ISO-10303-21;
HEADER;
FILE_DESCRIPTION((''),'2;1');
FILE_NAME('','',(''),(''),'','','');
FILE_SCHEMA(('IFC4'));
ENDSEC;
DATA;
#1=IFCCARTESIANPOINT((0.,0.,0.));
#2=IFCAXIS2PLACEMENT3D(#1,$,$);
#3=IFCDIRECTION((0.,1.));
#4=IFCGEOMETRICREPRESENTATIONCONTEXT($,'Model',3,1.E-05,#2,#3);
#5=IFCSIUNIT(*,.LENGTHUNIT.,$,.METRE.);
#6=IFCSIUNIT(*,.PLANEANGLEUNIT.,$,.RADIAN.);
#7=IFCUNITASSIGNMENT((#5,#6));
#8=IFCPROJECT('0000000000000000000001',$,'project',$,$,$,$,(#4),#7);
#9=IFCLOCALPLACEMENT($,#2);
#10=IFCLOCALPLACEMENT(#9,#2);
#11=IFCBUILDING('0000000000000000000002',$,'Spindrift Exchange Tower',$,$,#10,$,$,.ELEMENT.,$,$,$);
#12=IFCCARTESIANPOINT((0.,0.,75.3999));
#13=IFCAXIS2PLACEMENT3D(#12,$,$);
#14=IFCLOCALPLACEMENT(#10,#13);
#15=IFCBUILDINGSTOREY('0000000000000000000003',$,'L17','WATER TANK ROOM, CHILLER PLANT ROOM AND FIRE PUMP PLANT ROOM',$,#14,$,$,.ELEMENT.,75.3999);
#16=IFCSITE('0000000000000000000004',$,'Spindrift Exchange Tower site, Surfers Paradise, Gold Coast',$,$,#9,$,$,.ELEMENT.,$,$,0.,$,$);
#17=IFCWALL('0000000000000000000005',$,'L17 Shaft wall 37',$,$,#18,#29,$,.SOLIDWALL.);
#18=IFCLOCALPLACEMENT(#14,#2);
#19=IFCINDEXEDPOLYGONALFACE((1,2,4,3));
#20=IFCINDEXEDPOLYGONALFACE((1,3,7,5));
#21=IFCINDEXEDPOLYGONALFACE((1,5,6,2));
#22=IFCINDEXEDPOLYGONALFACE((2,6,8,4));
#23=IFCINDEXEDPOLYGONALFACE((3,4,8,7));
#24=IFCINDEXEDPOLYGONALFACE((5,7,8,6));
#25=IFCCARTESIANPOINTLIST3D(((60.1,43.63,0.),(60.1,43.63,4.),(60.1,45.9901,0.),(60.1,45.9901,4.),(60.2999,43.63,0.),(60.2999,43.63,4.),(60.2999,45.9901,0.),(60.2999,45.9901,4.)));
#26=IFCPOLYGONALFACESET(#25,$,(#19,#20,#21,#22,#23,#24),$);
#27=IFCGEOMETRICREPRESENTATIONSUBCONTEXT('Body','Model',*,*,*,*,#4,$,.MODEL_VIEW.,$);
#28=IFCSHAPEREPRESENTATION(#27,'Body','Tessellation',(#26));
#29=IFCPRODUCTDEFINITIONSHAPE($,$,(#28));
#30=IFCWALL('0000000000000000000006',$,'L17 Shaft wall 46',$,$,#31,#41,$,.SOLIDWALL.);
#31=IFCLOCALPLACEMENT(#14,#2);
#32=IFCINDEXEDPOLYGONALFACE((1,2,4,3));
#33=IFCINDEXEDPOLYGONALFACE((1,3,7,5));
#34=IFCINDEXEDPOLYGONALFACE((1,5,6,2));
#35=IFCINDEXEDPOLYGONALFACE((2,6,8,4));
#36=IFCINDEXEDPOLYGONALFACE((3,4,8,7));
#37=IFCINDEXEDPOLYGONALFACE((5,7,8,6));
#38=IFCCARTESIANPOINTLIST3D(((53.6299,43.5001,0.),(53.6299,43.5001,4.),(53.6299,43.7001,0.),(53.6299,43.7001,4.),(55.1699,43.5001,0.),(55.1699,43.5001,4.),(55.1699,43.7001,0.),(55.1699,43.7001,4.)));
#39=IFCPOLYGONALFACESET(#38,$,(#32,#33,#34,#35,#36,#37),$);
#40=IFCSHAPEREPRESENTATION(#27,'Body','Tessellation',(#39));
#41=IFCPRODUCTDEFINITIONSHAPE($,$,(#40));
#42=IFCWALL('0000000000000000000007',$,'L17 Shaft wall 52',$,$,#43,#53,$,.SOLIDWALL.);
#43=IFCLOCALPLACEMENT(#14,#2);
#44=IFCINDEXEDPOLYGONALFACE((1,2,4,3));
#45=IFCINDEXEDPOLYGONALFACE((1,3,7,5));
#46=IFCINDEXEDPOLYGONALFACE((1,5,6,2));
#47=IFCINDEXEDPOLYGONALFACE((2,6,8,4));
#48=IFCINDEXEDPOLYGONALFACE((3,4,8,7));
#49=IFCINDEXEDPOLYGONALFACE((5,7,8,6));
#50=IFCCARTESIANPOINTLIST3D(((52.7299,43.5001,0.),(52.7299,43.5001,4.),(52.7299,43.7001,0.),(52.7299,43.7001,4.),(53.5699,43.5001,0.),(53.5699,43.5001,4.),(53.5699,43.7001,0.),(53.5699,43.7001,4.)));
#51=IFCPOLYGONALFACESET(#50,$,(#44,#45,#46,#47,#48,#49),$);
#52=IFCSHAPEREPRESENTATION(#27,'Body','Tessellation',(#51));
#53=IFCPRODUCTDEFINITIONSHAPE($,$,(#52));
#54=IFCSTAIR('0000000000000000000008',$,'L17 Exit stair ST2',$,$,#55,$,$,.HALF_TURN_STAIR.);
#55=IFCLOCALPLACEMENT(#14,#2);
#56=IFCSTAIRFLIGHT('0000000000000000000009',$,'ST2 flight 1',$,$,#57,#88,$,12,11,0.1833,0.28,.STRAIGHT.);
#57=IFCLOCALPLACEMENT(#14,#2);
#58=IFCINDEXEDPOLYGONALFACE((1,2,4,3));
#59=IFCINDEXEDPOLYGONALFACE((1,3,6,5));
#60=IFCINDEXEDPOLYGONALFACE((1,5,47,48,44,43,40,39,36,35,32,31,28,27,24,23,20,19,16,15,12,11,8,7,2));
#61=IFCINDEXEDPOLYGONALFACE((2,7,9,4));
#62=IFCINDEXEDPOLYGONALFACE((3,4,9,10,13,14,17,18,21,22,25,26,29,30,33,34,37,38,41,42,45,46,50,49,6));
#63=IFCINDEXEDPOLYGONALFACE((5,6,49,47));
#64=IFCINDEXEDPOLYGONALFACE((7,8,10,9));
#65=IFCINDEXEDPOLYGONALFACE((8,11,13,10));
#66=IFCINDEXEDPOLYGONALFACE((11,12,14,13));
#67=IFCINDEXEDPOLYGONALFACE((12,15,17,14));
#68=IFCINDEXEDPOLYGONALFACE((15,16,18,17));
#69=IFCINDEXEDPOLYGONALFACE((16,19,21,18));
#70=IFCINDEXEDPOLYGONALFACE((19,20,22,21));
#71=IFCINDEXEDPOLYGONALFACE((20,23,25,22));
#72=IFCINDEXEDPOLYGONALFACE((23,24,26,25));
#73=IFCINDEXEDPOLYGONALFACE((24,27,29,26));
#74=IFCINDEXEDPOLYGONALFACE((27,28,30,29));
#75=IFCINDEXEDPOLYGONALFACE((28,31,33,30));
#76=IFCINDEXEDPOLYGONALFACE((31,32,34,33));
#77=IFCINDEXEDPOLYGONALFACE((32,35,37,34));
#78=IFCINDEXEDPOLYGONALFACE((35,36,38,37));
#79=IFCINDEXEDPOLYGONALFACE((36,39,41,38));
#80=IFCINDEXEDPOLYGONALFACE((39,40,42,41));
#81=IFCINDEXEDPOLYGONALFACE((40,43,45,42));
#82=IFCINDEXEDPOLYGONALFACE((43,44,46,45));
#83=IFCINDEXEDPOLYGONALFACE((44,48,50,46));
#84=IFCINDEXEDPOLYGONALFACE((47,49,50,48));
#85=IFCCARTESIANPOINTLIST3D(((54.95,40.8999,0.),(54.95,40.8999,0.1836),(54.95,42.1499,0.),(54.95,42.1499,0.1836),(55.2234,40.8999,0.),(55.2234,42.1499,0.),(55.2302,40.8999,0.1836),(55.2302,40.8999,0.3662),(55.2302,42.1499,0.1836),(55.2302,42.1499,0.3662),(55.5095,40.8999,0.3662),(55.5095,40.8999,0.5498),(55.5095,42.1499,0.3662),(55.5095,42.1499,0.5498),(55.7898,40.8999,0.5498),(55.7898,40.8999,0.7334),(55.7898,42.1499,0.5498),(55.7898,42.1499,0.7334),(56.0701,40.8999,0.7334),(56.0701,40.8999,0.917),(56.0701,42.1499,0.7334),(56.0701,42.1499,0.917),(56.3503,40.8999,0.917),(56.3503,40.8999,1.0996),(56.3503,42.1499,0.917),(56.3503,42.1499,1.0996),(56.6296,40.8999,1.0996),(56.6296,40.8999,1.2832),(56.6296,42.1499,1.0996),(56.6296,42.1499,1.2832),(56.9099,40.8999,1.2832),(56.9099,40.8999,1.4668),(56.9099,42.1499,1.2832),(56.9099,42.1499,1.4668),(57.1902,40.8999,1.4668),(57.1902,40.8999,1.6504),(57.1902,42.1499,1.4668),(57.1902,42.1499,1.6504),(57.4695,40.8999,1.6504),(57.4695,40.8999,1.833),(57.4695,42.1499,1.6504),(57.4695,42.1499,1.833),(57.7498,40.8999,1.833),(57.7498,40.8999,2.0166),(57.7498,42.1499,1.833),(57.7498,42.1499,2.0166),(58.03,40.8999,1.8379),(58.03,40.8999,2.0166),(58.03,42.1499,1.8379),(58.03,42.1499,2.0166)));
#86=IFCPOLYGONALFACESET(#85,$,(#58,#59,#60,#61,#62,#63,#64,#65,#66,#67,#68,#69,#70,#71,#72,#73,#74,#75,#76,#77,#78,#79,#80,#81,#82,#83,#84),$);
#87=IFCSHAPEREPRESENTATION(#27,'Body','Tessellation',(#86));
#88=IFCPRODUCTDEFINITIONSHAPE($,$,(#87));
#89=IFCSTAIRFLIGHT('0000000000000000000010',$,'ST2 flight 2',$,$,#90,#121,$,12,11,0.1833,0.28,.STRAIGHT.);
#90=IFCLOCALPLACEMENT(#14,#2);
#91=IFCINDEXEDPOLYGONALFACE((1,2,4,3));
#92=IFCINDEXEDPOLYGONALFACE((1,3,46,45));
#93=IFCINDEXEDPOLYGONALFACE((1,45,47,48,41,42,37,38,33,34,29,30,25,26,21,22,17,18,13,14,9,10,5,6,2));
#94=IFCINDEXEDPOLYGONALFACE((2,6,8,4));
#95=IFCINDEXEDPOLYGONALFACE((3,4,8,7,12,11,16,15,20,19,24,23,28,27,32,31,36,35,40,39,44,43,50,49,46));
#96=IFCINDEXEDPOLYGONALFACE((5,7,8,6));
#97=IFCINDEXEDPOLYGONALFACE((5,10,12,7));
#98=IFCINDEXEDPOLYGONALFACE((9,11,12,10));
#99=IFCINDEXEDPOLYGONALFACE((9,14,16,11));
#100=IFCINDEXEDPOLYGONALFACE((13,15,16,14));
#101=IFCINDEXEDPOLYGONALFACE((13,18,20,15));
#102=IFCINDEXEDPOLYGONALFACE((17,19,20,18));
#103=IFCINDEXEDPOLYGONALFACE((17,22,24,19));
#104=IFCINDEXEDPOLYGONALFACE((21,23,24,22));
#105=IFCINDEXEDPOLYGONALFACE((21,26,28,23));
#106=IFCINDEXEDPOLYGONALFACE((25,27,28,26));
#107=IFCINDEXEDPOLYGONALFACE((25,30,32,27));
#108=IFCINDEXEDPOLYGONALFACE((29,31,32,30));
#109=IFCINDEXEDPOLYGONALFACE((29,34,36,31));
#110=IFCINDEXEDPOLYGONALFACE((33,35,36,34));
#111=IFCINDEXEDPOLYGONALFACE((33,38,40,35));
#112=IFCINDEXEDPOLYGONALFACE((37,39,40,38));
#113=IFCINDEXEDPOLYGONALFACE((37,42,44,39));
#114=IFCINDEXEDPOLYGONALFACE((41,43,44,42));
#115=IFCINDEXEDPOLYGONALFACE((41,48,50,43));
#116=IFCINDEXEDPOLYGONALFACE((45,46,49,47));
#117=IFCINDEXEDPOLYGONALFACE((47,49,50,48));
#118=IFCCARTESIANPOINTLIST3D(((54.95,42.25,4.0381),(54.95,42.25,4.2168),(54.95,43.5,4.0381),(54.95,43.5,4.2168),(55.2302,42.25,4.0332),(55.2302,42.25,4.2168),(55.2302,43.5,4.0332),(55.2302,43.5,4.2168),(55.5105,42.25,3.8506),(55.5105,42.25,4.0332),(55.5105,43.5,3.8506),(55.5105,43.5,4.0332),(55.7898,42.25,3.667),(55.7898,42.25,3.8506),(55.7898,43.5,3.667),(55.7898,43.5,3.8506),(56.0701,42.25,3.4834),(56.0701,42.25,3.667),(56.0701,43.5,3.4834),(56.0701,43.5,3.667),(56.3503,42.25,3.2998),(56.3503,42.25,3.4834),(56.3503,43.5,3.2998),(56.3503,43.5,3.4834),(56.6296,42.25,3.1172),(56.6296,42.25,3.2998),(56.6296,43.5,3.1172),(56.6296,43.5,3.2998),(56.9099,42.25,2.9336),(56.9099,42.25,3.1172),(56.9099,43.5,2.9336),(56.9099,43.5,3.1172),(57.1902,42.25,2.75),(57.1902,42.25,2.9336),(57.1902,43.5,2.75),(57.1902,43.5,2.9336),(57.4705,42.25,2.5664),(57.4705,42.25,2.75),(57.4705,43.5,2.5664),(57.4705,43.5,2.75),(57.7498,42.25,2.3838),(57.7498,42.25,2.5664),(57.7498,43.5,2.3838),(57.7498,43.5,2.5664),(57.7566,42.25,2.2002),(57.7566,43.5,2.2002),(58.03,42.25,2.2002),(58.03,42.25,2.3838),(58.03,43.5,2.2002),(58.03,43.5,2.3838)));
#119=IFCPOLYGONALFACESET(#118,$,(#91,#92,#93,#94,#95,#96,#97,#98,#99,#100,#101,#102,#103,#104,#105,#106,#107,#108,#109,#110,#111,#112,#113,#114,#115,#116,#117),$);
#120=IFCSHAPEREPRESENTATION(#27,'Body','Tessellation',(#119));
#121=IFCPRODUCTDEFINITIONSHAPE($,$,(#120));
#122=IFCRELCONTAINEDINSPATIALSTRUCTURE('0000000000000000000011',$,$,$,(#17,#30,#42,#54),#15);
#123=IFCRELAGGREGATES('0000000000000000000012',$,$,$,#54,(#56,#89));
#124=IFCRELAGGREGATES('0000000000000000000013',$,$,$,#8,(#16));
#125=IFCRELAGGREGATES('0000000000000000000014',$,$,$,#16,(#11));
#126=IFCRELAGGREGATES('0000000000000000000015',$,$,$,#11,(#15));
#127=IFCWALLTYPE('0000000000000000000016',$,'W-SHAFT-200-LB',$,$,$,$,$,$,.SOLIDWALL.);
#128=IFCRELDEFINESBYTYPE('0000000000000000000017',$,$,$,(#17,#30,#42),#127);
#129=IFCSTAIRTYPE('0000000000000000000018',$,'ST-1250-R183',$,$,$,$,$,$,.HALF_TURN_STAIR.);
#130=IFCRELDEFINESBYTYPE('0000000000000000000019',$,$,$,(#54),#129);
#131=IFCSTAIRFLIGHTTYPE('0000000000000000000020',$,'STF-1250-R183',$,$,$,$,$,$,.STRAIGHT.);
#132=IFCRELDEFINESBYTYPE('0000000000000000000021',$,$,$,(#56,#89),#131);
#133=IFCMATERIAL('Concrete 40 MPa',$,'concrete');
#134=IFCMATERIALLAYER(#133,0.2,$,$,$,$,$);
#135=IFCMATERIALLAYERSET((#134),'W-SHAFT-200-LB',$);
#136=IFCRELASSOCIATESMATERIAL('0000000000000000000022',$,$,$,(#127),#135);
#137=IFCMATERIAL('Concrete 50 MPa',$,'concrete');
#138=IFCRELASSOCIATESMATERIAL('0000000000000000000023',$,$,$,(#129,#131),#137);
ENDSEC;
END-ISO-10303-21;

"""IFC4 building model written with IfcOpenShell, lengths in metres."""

from ifc_helpers import new_model, si_unit, direction, frame, frame_2d, origin, place, context, subcontext, project, spatial, line, indexed_curve, rectangle, outline, extrude, material, layer, layer_set, type_object, element, aggregate, save


model = new_model("IFC4")

# Units and contexts
model_context = context("Model", 3, precision=1e-05, world=origin(), true_north=direction((0.0, 1.0)))
body_context = subcontext(model_context, "Body", "Model", "MODEL_VIEW")
ifc_project = project(units=[si_unit("LENGTHUNIT", "METRE"), si_unit("PLANEANGLEUNIT", "RADIAN")], contexts=[model_context])

# Site, building, storey
site_placement = place(None, origin())
site = spatial("IfcSite", under=ifc_project, at=site_placement, Name="Spindrift Exchange Tower site, Surfers Paradise, Gold Coast", CompositionType="ELEMENT", RefElevation=0.0)
building_placement = place(site_placement, origin())
building = spatial("IfcBuilding", under=site, at=building_placement, Name="Spindrift Exchange Tower", CompositionType="ELEMENT")
storey_placement = place(building_placement, frame((0.0, 0.0, 75.3999)))
storey = spatial("IfcBuildingStorey", under=building, at=storey_placement, Name="L17", Description="WATER TANK ROOM, CHILLER PLANT ROOM AND FIRE PUMP PLANT ROOM", CompositionType="ELEMENT", Elevation=75.3999)

# Shared definitions
ifc_material_1 = material(Name="Concrete 40 MPa", Category="concrete")

# Shared definitions
ifc_layer_1 = layer(ifc_material_1, 0.2)
ifc_layer_set_1 = layer_set([ifc_layer_1], Name="W-SHAFT-200-LB")
wall_type_1 = type_object("IfcWallType", Name="W-SHAFT-200-LB", PredefinedType="SOLIDWALL", material=ifc_layer_set_1)

# Walls
for number, where, z_axis, x_axis, name in (
    (1, (60.2, 43.6299, 0.0), (0.0, 0.0, 1.0), (0.0, 1.0, 0.0), "L17 Shaft wall 37"),
):
    element("IfcWall", number, at=place(storey_placement, frame(where, z_axis=z_axis, x_axis=x_axis)), inside=storey, type_object=wall_type_1, Name=name, PredefinedType="SOLIDWALL", context=body_context, shape_type="SweptSolid", body=[
        extrude(rectangle(XDim=2.3601, YDim=0.2, at=frame_2d((1.1802, 0.0))), origin(), (0.0, 0.0, 1.0), 4.0),
    ])
wall_1_placement = place(storey_placement, frame((53.6299, 43.6001, 0.0), z_axis=(0.0, 0.0, 1.0), x_axis=(1.0, 0.0, 0.0)))
element("IfcWall", 2, at=wall_1_placement, inside=storey, type_object=wall_type_1, Name="L17 Shaft wall 46", PredefinedType="SOLIDWALL", context=body_context, shape_type="SweptSolid", body=[
    extrude(rectangle(XDim=1.54, YDim=0.2, at=frame_2d((0.77, 0.0))), origin(), (0.0, 0.0, 1.0), 4.0),
])
wall_2_placement = place(storey_placement, frame((52.73, 43.6001, 0.0), z_axis=(0.0, 0.0, 1.0), x_axis=(1.0, 0.0, 0.0)))
element("IfcWall", 3, at=wall_2_placement, inside=storey, type_object=wall_type_1, Name="L17 Shaft wall 52", PredefinedType="SOLIDWALL", context=body_context, shape_type="SweptSolid", body=[
    extrude(rectangle(XDim=0.8401, YDim=0.2, at=frame_2d((0.4199, 0.0))), origin(), (0.0, 0.0, 1.0), 4.0),
])

# Stair, stair flights
ifc_material_2 = material(Name="Concrete 50 MPa", Category="concrete")
stair_type = type_object("IfcStairType", Name="ST-1250-R183", PredefinedType="HALF_TURN_STAIR", material=ifc_material_2)
stair_placement = place(storey_placement, origin())
stair = element("IfcStair", 4, at=stair_placement, inside=storey, type_object=stair_type, Name="L17 Exit stair ST2", PredefinedType="HALF_TURN_STAIR")
stair_flight_type = type_object("IfcStairFlightType", Name="STF-1250-R183", PredefinedType="STRAIGHT", material=ifc_material_2)
stair_flight_1_placement = place(storey_placement, frame((54.95, 41.5249, 0.0), z_axis=(0.0, 0.0, 1.0), x_axis=(1.0, 0.0, 0.0)))
stair_flight_1 = element("IfcStairFlight", 5, at=stair_flight_1_placement, type_object=stair_flight_type, Name="ST2 flight 1", NumberOfRisers=12, NumberOfTreads=11, PredefinedType="STRAIGHT", RiserHeight=0.1833, TreadLength=0.28, context=body_context, shape_type="SweptSolid", body=[
    extrude(outline(indexed_curve([(0.0, 0.0), (0.0, 0.1836), (0.2803, 0.1836), (0.2803, 0.3662), (0.5596, 0.3662), (0.5596, 0.5498), (0.8398, 0.5498), (0.8398, 0.7334), (1.1201, 0.7334), (1.1201, 0.917), (1.4004, 0.917), (1.4004, 1.0996), (1.6797, 1.0996), (1.6797, 1.2832), (1.96, 1.2832), (1.96, 1.4668), (2.2402, 1.4668), (2.2402, 1.6504), (2.5195, 1.6504), (2.5195, 1.833), (2.7998, 1.833), (2.7998, 2.0166), (3.0801, 2.0166), (3.0801, 2.2002), (3.0801, 1.8379), (0.2734, 0.0)], segments=[line(1, 2, 3, 4, 5, 6, 7, 8, 9, 10, 11, 12, 13, 14, 15, 16, 17, 18, 19, 20, 21, 22, 23, 24, 25, 26, 1)], self_intersect=False)), frame((0.0, 0.625, 0.0), z_axis=(0.0, -1.0, 0.0), x_axis=(1.0, 0.0, 0.0)), (0.0, 0.0, 1.0), 1.25),
])
stair_flight_2_placement = place(storey_placement, frame((58.03, 42.875, 2.2002), z_axis=(0.0, 0.0, 1.0), x_axis=(-1.0, 0.0, 0.0)))
stair_flight_2 = element("IfcStairFlight", 6, at=stair_flight_2_placement, type_object=stair_flight_type, Name="ST2 flight 2", NumberOfRisers=12, NumberOfTreads=11, PredefinedType="STRAIGHT", RiserHeight=0.1833, TreadLength=0.28, context=body_context, shape_type="SweptSolid", body=[
    extrude(outline(indexed_curve([(0.0, 0.0), (0.0, 0.1836), (0.2803, 0.1836), (0.2803, 0.3662), (0.5596, 0.3662), (0.5596, 0.5498), (0.8398, 0.5498), (0.8398, 0.7334), (1.1201, 0.7334), (1.1201, 0.917), (1.4004, 0.917), (1.4004, 1.0996), (1.6797, 1.0996), (1.6797, 1.2832), (1.96, 1.2832), (1.96, 1.4668), (2.2402, 1.4668), (2.2402, 1.6504), (2.5195, 1.6504), (2.5195, 1.833), (2.7998, 1.833), (2.7998, 2.0166), (3.0801, 2.0166), (3.0801, 2.2002), (3.0801, 1.8379), (0.2734, 0.0)], segments=[line(1, 2, 3, 4, 5, 6, 7, 8, 9, 10, 11, 12, 13, 14, 15, 16, 17, 18, 19, 20, 21, 22, 23, 24, 25, 26, 1)], self_intersect=False)), frame((0.0, 0.625, 0.0), z_axis=(0.0, -1.0, 0.0), x_axis=(1.0, 0.0, 0.0)), (0.0, 0.0, 1.0), 1.25),
])
aggregate(stair, [stair_flight_1, stair_flight_2])

save(model, "model.ifc")
